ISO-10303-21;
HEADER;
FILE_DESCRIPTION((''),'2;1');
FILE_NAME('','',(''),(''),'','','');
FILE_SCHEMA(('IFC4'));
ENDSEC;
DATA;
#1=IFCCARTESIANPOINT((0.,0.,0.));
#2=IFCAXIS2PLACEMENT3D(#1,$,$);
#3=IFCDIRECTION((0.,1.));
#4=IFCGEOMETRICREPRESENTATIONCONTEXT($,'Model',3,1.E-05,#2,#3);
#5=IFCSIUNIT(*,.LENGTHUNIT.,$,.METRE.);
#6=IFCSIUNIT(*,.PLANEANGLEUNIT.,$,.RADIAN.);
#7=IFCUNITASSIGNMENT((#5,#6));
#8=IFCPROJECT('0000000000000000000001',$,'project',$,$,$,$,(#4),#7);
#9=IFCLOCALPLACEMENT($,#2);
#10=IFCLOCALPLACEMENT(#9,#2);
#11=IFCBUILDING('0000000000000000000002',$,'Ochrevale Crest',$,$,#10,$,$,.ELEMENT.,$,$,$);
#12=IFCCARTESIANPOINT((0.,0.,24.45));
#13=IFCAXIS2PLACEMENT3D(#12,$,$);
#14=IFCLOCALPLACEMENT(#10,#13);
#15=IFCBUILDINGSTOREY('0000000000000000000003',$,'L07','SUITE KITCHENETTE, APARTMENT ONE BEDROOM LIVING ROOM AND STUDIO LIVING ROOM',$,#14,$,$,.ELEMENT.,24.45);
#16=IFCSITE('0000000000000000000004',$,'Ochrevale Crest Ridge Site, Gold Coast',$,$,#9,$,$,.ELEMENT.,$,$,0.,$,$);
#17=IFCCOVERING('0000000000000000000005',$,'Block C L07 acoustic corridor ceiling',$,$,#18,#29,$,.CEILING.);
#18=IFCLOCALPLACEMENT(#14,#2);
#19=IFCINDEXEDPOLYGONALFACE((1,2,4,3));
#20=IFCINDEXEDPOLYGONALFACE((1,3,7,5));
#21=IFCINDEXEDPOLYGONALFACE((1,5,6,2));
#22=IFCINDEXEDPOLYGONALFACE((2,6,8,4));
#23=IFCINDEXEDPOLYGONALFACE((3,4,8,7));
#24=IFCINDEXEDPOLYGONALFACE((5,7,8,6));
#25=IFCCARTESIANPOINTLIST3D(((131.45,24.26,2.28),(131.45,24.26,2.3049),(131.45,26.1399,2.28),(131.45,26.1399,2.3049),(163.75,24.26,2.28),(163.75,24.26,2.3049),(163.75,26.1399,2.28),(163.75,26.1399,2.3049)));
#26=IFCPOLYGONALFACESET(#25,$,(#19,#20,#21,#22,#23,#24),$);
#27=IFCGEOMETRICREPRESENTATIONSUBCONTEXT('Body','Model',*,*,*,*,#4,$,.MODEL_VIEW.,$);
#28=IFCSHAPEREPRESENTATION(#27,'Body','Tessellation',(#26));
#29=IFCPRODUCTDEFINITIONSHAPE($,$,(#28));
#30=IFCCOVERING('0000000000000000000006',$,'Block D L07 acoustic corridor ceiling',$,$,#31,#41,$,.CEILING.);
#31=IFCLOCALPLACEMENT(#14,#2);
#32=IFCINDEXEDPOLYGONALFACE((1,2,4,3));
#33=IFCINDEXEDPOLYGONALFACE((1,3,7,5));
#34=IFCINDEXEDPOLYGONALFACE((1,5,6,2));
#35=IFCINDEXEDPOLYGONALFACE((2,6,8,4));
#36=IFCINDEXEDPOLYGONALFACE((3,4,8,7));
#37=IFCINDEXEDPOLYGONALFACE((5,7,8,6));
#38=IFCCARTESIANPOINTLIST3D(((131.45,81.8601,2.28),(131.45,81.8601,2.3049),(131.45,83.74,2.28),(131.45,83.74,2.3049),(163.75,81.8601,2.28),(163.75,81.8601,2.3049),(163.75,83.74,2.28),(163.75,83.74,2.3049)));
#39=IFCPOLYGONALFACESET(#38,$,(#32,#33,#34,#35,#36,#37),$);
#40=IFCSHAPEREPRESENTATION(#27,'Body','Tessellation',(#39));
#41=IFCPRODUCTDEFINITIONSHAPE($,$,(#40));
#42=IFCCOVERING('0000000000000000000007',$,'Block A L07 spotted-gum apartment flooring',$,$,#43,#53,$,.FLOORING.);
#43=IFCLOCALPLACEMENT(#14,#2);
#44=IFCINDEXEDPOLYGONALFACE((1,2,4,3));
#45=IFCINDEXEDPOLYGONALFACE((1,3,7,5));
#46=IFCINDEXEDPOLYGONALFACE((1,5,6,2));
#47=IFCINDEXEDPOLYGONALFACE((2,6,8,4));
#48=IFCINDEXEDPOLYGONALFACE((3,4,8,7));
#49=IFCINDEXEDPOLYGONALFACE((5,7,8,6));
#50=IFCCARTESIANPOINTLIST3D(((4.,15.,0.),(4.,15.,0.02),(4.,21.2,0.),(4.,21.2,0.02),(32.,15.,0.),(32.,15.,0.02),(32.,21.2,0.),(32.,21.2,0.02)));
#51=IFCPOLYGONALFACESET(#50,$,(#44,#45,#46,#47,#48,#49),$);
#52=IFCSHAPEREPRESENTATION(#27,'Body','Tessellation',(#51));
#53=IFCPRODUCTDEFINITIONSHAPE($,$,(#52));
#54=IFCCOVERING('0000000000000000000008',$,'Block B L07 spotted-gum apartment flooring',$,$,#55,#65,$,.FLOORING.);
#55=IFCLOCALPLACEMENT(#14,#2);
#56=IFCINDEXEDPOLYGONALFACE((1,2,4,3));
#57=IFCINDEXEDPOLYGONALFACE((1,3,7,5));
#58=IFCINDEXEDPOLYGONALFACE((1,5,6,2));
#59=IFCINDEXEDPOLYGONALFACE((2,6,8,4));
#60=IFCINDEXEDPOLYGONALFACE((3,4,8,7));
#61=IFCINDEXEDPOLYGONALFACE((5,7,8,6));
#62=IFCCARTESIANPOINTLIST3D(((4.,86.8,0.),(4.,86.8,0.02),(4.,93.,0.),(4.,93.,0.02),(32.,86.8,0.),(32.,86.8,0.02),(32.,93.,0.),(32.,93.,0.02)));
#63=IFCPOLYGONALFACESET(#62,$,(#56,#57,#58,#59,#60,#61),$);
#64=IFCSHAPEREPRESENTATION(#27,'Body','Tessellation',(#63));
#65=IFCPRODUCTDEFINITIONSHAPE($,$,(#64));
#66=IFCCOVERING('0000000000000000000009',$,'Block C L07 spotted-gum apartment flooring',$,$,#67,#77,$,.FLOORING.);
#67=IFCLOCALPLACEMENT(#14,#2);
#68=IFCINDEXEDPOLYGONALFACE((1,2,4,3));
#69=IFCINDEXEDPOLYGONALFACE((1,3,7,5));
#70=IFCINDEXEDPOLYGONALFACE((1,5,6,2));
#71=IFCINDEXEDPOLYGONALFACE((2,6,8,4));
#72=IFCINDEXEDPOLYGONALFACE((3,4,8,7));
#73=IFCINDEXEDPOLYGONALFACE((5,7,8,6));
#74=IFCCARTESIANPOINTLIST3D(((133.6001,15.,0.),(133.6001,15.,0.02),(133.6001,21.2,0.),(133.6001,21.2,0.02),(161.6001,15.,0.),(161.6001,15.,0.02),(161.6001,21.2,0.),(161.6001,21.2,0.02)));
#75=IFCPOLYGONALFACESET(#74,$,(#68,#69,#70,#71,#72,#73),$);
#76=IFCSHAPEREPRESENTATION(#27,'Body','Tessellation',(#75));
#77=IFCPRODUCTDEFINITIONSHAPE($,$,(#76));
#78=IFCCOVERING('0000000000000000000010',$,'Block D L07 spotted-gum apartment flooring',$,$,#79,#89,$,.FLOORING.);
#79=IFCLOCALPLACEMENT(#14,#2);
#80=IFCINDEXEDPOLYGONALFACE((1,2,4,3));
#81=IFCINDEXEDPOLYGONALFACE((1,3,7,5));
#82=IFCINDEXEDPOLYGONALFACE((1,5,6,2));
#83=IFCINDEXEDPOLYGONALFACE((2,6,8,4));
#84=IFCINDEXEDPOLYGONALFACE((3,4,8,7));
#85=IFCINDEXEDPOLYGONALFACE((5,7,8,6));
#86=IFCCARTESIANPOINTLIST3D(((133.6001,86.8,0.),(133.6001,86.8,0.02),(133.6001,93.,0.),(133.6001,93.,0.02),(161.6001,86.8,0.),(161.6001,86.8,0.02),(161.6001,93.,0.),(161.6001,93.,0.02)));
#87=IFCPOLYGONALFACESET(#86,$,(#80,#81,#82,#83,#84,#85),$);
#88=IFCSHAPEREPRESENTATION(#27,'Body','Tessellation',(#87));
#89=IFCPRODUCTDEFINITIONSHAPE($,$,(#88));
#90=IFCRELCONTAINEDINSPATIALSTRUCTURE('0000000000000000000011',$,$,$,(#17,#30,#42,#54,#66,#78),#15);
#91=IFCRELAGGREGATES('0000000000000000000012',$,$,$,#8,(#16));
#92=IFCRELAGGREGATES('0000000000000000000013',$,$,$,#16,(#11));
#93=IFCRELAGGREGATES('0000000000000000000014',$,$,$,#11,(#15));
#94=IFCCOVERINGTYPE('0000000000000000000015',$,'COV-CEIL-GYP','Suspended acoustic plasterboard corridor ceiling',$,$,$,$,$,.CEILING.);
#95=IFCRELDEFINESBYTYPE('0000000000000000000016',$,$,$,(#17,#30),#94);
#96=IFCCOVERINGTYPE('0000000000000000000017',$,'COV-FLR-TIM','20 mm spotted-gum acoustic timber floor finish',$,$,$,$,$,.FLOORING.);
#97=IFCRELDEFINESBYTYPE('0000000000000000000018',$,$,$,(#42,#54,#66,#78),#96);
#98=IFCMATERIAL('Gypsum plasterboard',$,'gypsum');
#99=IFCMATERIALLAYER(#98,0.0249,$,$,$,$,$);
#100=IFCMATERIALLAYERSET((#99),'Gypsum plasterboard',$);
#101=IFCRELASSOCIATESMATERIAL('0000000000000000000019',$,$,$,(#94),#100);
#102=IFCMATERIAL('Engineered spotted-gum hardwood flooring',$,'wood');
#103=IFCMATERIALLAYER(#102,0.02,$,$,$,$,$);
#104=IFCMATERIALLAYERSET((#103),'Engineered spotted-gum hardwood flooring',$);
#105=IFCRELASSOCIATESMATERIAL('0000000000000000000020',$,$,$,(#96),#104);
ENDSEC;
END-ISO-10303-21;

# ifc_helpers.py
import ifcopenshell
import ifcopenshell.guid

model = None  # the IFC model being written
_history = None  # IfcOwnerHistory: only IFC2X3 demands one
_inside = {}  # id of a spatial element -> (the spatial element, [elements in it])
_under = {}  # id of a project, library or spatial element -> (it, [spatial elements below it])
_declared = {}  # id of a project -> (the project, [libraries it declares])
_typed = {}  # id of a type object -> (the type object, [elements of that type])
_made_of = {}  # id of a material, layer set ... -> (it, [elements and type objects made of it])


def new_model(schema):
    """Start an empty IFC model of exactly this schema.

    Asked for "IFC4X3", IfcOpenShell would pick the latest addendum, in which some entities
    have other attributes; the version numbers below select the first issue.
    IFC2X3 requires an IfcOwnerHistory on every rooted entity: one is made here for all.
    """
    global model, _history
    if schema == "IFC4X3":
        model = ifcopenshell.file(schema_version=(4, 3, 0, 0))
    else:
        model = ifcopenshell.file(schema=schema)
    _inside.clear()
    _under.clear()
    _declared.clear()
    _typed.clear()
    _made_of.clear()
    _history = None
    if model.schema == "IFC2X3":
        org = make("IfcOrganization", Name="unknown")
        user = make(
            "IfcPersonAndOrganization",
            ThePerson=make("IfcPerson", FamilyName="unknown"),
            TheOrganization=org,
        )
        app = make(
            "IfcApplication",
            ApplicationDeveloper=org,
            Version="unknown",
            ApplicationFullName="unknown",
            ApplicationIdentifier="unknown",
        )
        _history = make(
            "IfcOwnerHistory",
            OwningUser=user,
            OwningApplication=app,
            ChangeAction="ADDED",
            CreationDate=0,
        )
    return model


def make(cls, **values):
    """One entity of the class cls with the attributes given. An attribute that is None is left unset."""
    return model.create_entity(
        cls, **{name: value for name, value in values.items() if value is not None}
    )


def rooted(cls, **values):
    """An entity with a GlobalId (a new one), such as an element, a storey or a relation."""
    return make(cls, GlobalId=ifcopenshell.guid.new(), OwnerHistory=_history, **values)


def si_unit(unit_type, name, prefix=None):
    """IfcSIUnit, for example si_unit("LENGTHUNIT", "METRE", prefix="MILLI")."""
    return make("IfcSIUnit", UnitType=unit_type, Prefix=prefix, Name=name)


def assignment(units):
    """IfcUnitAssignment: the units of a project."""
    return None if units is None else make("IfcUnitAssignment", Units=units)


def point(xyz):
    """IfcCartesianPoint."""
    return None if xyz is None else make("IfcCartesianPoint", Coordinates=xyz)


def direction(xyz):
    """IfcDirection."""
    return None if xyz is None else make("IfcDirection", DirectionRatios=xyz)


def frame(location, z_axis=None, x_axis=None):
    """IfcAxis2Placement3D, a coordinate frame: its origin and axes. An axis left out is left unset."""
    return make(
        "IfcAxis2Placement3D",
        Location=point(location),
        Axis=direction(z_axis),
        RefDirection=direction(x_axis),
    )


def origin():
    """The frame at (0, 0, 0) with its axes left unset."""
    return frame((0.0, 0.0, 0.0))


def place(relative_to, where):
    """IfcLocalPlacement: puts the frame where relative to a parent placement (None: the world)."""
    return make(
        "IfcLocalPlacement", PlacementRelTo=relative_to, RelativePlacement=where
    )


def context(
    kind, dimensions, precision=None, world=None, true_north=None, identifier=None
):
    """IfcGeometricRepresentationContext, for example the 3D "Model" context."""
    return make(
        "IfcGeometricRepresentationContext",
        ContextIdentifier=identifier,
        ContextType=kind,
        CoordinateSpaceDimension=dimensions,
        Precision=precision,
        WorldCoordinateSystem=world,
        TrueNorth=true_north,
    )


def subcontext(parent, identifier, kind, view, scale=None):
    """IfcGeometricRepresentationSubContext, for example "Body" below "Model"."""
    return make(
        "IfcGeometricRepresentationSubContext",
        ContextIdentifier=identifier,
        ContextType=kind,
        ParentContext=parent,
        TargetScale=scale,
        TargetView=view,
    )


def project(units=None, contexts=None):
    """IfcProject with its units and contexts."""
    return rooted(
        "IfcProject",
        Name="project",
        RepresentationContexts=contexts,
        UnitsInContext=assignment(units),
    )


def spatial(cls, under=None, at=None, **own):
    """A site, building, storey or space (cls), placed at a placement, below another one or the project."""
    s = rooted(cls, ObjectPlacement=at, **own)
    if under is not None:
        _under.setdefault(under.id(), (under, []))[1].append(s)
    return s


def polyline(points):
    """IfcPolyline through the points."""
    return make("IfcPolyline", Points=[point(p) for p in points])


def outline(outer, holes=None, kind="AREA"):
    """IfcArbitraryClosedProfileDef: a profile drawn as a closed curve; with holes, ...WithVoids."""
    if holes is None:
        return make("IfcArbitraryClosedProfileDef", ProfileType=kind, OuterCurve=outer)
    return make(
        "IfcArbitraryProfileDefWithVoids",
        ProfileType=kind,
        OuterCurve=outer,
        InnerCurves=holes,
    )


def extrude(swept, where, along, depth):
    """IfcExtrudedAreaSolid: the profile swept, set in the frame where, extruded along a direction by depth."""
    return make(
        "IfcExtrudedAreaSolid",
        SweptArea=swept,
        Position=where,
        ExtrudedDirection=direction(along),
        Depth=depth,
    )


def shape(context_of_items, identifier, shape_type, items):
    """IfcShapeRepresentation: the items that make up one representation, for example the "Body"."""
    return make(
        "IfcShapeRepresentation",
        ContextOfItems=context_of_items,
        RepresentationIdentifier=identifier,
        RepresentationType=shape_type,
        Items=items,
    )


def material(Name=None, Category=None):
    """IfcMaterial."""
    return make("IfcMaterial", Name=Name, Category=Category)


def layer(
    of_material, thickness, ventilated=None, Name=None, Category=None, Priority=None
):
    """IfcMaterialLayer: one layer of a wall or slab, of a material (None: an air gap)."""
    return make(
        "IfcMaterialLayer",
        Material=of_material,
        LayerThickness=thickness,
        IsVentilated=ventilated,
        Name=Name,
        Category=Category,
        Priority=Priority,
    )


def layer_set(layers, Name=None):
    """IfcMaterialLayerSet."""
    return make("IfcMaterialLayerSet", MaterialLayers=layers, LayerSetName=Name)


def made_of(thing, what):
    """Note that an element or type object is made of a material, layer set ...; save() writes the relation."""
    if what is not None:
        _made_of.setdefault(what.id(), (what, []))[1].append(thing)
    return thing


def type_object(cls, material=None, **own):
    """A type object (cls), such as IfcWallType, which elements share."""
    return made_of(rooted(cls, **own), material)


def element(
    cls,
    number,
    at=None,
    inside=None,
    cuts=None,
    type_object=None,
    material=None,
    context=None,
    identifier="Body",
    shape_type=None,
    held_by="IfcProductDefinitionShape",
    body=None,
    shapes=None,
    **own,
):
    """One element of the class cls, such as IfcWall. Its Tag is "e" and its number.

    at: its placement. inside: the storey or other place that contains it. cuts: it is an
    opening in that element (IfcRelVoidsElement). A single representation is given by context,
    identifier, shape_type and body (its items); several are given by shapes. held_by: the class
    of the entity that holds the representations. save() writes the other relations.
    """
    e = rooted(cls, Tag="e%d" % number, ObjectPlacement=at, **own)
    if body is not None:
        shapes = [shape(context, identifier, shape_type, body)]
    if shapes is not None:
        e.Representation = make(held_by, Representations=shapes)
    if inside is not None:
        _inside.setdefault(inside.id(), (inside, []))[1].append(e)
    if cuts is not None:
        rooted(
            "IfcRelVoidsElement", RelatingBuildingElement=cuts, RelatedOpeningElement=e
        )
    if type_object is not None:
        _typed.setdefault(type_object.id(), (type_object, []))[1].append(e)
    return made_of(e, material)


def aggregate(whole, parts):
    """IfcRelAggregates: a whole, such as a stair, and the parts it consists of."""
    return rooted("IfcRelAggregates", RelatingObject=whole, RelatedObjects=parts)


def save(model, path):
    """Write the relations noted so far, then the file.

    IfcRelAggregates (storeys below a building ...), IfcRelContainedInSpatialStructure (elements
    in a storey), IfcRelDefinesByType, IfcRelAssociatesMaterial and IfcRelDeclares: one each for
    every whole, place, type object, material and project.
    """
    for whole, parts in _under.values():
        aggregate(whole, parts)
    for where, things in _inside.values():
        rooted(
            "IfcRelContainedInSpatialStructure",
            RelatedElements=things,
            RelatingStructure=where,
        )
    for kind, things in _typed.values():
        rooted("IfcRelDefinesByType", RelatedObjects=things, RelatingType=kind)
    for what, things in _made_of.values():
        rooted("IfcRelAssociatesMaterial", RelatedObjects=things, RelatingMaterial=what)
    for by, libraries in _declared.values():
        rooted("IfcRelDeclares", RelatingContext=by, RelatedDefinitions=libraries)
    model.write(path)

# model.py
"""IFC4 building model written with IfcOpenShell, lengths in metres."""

from ifc_helpers import new_model, si_unit, direction, frame, origin, place, context, subcontext, project, spatial, polyline, outline, extrude, material, layer, layer_set, type_object, element, save


model = new_model("IFC4")

# Units and contexts
model_context = context("Model", 3, precision=1e-05, world=origin(), true_north=direction((0.0, 1.0)))
body_context = subcontext(model_context, "Body", "Model", "MODEL_VIEW")
ifc_project = project(units=[si_unit("LENGTHUNIT", "METRE"), si_unit("PLANEANGLEUNIT", "RADIAN")], contexts=[model_context])

# Site, building, storey
site_placement = place(None, origin())
site = spatial("IfcSite", under=ifc_project, at=site_placement, Name="Ochrevale Crest Ridge Site, Gold Coast", CompositionType="ELEMENT", RefElevation=0.0)
building_placement = place(site_placement, origin())
building = spatial("IfcBuilding", under=site, at=building_placement, Name="Ochrevale Crest", CompositionType="ELEMENT")
storey_placement = place(building_placement, frame((0.0, 0.0, 24.45)))
storey = spatial("IfcBuildingStorey", under=building, at=storey_placement, Name="L07", Description="SUITE KITCHENETTE, APARTMENT ONE BEDROOM LIVING ROOM AND STUDIO LIVING ROOM", CompositionType="ELEMENT", Elevation=24.45)

# Coverings
ifc_material_1 = material(Name="Gypsum plasterboard", Category="gypsum")
ifc_layer_1 = layer(ifc_material_1, 0.0249)
ifc_layer_set_1 = layer_set([ifc_layer_1], Name="Gypsum plasterboard")
covering_type_1 = type_object("IfcCoveringType", Name="COV-CEIL-GYP", Description="Suspended acoustic plasterboard corridor ceiling", PredefinedType="CEILING", material=ifc_layer_set_1)
covering_1_placement = place(storey_placement, frame((0.0, 0.0, 2.28)))
element("IfcCovering", 1, at=covering_1_placement, inside=storey, type_object=covering_type_1, Name="Block C L07 acoustic corridor ceiling", PredefinedType="CEILING", context=body_context, shape_type="SweptSolid", body=[
    extrude(outline(polyline([(131.45, 24.26), (163.75, 24.26), (163.75, 26.1399), (131.45, 26.1399), (131.45, 24.26)])), origin(), (0.0, 0.0, 1.0), 0.0249),
])
covering_2_placement = place(storey_placement, frame((0.0, 0.0, 2.28)))
element("IfcCovering", 2, at=covering_2_placement, inside=storey, type_object=covering_type_1, Name="Block D L07 acoustic corridor ceiling", PredefinedType="CEILING", context=body_context, shape_type="SweptSolid", body=[
    extrude(outline(polyline([(131.45, 81.8601), (163.75, 81.8601), (163.75, 83.74), (131.45, 83.74), (131.45, 81.8601)])), origin(), (0.0, 0.0, 1.0), 0.0249),
])
ifc_material_2 = material(Name="Engineered spotted-gum hardwood flooring", Category="wood")
ifc_layer_2 = layer(ifc_material_2, 0.02)
ifc_layer_set_2 = layer_set([ifc_layer_2], Name="Engineered spotted-gum hardwood flooring")
covering_type_2 = type_object("IfcCoveringType", Name="COV-FLR-TIM", Description="20 mm spotted-gum acoustic timber floor finish", PredefinedType="FLOORING", material=ifc_layer_set_2)
covering_3_placement = place(storey_placement, origin())
element("IfcCovering", 3, at=covering_3_placement, inside=storey, type_object=covering_type_2, Name="Block A L07 spotted-gum apartment flooring", PredefinedType="FLOORING", context=body_context, shape_type="SweptSolid", body=[
    extrude(outline(polyline([(4.0, 15.0), (32.0, 15.0), (32.0, 21.2), (4.0, 21.2), (4.0, 15.0)])), origin(), (0.0, 0.0, 1.0), 0.02),
])
covering_4_placement = place(storey_placement, origin())
element("IfcCovering", 4, at=covering_4_placement, inside=storey, type_object=covering_type_2, Name="Block B L07 spotted-gum apartment flooring", PredefinedType="FLOORING", context=body_context, shape_type="SweptSolid", body=[
    extrude(outline(polyline([(4.0, 86.8), (32.0, 86.8), (32.0, 93.0), (4.0, 93.0), (4.0, 86.8)])), origin(), (0.0, 0.0, 1.0), 0.02),
])
covering_5_placement = place(storey_placement, origin())
element("IfcCovering", 5, at=covering_5_placement, inside=storey, type_object=covering_type_2, Name="Block C L07 spotted-gum apartment flooring", PredefinedType="FLOORING", context=body_context, shape_type="SweptSolid", body=[
    extrude(outline(polyline([(133.6001, 15.0), (161.6001, 15.0), (161.6001, 21.2), (133.6001, 21.2), (133.6001, 15.0)])), origin(), (0.0, 0.0, 1.0), 0.02),
])
covering_6_placement = place(storey_placement, origin())
element("IfcCovering", 6, at=covering_6_placement, inside=storey, type_object=covering_type_2, Name="Block D L07 spotted-gum apartment flooring", PredefinedType="FLOORING", context=body_context, shape_type="SweptSolid", body=[
    extrude(outline(polyline([(133.6001, 86.8), (161.6001, 86.8), (161.6001, 93.0), (133.6001, 93.0), (133.6001, 86.8)])), origin(), (0.0, 0.0, 1.0), 0.02),
])

save(model, "model.ifc")
